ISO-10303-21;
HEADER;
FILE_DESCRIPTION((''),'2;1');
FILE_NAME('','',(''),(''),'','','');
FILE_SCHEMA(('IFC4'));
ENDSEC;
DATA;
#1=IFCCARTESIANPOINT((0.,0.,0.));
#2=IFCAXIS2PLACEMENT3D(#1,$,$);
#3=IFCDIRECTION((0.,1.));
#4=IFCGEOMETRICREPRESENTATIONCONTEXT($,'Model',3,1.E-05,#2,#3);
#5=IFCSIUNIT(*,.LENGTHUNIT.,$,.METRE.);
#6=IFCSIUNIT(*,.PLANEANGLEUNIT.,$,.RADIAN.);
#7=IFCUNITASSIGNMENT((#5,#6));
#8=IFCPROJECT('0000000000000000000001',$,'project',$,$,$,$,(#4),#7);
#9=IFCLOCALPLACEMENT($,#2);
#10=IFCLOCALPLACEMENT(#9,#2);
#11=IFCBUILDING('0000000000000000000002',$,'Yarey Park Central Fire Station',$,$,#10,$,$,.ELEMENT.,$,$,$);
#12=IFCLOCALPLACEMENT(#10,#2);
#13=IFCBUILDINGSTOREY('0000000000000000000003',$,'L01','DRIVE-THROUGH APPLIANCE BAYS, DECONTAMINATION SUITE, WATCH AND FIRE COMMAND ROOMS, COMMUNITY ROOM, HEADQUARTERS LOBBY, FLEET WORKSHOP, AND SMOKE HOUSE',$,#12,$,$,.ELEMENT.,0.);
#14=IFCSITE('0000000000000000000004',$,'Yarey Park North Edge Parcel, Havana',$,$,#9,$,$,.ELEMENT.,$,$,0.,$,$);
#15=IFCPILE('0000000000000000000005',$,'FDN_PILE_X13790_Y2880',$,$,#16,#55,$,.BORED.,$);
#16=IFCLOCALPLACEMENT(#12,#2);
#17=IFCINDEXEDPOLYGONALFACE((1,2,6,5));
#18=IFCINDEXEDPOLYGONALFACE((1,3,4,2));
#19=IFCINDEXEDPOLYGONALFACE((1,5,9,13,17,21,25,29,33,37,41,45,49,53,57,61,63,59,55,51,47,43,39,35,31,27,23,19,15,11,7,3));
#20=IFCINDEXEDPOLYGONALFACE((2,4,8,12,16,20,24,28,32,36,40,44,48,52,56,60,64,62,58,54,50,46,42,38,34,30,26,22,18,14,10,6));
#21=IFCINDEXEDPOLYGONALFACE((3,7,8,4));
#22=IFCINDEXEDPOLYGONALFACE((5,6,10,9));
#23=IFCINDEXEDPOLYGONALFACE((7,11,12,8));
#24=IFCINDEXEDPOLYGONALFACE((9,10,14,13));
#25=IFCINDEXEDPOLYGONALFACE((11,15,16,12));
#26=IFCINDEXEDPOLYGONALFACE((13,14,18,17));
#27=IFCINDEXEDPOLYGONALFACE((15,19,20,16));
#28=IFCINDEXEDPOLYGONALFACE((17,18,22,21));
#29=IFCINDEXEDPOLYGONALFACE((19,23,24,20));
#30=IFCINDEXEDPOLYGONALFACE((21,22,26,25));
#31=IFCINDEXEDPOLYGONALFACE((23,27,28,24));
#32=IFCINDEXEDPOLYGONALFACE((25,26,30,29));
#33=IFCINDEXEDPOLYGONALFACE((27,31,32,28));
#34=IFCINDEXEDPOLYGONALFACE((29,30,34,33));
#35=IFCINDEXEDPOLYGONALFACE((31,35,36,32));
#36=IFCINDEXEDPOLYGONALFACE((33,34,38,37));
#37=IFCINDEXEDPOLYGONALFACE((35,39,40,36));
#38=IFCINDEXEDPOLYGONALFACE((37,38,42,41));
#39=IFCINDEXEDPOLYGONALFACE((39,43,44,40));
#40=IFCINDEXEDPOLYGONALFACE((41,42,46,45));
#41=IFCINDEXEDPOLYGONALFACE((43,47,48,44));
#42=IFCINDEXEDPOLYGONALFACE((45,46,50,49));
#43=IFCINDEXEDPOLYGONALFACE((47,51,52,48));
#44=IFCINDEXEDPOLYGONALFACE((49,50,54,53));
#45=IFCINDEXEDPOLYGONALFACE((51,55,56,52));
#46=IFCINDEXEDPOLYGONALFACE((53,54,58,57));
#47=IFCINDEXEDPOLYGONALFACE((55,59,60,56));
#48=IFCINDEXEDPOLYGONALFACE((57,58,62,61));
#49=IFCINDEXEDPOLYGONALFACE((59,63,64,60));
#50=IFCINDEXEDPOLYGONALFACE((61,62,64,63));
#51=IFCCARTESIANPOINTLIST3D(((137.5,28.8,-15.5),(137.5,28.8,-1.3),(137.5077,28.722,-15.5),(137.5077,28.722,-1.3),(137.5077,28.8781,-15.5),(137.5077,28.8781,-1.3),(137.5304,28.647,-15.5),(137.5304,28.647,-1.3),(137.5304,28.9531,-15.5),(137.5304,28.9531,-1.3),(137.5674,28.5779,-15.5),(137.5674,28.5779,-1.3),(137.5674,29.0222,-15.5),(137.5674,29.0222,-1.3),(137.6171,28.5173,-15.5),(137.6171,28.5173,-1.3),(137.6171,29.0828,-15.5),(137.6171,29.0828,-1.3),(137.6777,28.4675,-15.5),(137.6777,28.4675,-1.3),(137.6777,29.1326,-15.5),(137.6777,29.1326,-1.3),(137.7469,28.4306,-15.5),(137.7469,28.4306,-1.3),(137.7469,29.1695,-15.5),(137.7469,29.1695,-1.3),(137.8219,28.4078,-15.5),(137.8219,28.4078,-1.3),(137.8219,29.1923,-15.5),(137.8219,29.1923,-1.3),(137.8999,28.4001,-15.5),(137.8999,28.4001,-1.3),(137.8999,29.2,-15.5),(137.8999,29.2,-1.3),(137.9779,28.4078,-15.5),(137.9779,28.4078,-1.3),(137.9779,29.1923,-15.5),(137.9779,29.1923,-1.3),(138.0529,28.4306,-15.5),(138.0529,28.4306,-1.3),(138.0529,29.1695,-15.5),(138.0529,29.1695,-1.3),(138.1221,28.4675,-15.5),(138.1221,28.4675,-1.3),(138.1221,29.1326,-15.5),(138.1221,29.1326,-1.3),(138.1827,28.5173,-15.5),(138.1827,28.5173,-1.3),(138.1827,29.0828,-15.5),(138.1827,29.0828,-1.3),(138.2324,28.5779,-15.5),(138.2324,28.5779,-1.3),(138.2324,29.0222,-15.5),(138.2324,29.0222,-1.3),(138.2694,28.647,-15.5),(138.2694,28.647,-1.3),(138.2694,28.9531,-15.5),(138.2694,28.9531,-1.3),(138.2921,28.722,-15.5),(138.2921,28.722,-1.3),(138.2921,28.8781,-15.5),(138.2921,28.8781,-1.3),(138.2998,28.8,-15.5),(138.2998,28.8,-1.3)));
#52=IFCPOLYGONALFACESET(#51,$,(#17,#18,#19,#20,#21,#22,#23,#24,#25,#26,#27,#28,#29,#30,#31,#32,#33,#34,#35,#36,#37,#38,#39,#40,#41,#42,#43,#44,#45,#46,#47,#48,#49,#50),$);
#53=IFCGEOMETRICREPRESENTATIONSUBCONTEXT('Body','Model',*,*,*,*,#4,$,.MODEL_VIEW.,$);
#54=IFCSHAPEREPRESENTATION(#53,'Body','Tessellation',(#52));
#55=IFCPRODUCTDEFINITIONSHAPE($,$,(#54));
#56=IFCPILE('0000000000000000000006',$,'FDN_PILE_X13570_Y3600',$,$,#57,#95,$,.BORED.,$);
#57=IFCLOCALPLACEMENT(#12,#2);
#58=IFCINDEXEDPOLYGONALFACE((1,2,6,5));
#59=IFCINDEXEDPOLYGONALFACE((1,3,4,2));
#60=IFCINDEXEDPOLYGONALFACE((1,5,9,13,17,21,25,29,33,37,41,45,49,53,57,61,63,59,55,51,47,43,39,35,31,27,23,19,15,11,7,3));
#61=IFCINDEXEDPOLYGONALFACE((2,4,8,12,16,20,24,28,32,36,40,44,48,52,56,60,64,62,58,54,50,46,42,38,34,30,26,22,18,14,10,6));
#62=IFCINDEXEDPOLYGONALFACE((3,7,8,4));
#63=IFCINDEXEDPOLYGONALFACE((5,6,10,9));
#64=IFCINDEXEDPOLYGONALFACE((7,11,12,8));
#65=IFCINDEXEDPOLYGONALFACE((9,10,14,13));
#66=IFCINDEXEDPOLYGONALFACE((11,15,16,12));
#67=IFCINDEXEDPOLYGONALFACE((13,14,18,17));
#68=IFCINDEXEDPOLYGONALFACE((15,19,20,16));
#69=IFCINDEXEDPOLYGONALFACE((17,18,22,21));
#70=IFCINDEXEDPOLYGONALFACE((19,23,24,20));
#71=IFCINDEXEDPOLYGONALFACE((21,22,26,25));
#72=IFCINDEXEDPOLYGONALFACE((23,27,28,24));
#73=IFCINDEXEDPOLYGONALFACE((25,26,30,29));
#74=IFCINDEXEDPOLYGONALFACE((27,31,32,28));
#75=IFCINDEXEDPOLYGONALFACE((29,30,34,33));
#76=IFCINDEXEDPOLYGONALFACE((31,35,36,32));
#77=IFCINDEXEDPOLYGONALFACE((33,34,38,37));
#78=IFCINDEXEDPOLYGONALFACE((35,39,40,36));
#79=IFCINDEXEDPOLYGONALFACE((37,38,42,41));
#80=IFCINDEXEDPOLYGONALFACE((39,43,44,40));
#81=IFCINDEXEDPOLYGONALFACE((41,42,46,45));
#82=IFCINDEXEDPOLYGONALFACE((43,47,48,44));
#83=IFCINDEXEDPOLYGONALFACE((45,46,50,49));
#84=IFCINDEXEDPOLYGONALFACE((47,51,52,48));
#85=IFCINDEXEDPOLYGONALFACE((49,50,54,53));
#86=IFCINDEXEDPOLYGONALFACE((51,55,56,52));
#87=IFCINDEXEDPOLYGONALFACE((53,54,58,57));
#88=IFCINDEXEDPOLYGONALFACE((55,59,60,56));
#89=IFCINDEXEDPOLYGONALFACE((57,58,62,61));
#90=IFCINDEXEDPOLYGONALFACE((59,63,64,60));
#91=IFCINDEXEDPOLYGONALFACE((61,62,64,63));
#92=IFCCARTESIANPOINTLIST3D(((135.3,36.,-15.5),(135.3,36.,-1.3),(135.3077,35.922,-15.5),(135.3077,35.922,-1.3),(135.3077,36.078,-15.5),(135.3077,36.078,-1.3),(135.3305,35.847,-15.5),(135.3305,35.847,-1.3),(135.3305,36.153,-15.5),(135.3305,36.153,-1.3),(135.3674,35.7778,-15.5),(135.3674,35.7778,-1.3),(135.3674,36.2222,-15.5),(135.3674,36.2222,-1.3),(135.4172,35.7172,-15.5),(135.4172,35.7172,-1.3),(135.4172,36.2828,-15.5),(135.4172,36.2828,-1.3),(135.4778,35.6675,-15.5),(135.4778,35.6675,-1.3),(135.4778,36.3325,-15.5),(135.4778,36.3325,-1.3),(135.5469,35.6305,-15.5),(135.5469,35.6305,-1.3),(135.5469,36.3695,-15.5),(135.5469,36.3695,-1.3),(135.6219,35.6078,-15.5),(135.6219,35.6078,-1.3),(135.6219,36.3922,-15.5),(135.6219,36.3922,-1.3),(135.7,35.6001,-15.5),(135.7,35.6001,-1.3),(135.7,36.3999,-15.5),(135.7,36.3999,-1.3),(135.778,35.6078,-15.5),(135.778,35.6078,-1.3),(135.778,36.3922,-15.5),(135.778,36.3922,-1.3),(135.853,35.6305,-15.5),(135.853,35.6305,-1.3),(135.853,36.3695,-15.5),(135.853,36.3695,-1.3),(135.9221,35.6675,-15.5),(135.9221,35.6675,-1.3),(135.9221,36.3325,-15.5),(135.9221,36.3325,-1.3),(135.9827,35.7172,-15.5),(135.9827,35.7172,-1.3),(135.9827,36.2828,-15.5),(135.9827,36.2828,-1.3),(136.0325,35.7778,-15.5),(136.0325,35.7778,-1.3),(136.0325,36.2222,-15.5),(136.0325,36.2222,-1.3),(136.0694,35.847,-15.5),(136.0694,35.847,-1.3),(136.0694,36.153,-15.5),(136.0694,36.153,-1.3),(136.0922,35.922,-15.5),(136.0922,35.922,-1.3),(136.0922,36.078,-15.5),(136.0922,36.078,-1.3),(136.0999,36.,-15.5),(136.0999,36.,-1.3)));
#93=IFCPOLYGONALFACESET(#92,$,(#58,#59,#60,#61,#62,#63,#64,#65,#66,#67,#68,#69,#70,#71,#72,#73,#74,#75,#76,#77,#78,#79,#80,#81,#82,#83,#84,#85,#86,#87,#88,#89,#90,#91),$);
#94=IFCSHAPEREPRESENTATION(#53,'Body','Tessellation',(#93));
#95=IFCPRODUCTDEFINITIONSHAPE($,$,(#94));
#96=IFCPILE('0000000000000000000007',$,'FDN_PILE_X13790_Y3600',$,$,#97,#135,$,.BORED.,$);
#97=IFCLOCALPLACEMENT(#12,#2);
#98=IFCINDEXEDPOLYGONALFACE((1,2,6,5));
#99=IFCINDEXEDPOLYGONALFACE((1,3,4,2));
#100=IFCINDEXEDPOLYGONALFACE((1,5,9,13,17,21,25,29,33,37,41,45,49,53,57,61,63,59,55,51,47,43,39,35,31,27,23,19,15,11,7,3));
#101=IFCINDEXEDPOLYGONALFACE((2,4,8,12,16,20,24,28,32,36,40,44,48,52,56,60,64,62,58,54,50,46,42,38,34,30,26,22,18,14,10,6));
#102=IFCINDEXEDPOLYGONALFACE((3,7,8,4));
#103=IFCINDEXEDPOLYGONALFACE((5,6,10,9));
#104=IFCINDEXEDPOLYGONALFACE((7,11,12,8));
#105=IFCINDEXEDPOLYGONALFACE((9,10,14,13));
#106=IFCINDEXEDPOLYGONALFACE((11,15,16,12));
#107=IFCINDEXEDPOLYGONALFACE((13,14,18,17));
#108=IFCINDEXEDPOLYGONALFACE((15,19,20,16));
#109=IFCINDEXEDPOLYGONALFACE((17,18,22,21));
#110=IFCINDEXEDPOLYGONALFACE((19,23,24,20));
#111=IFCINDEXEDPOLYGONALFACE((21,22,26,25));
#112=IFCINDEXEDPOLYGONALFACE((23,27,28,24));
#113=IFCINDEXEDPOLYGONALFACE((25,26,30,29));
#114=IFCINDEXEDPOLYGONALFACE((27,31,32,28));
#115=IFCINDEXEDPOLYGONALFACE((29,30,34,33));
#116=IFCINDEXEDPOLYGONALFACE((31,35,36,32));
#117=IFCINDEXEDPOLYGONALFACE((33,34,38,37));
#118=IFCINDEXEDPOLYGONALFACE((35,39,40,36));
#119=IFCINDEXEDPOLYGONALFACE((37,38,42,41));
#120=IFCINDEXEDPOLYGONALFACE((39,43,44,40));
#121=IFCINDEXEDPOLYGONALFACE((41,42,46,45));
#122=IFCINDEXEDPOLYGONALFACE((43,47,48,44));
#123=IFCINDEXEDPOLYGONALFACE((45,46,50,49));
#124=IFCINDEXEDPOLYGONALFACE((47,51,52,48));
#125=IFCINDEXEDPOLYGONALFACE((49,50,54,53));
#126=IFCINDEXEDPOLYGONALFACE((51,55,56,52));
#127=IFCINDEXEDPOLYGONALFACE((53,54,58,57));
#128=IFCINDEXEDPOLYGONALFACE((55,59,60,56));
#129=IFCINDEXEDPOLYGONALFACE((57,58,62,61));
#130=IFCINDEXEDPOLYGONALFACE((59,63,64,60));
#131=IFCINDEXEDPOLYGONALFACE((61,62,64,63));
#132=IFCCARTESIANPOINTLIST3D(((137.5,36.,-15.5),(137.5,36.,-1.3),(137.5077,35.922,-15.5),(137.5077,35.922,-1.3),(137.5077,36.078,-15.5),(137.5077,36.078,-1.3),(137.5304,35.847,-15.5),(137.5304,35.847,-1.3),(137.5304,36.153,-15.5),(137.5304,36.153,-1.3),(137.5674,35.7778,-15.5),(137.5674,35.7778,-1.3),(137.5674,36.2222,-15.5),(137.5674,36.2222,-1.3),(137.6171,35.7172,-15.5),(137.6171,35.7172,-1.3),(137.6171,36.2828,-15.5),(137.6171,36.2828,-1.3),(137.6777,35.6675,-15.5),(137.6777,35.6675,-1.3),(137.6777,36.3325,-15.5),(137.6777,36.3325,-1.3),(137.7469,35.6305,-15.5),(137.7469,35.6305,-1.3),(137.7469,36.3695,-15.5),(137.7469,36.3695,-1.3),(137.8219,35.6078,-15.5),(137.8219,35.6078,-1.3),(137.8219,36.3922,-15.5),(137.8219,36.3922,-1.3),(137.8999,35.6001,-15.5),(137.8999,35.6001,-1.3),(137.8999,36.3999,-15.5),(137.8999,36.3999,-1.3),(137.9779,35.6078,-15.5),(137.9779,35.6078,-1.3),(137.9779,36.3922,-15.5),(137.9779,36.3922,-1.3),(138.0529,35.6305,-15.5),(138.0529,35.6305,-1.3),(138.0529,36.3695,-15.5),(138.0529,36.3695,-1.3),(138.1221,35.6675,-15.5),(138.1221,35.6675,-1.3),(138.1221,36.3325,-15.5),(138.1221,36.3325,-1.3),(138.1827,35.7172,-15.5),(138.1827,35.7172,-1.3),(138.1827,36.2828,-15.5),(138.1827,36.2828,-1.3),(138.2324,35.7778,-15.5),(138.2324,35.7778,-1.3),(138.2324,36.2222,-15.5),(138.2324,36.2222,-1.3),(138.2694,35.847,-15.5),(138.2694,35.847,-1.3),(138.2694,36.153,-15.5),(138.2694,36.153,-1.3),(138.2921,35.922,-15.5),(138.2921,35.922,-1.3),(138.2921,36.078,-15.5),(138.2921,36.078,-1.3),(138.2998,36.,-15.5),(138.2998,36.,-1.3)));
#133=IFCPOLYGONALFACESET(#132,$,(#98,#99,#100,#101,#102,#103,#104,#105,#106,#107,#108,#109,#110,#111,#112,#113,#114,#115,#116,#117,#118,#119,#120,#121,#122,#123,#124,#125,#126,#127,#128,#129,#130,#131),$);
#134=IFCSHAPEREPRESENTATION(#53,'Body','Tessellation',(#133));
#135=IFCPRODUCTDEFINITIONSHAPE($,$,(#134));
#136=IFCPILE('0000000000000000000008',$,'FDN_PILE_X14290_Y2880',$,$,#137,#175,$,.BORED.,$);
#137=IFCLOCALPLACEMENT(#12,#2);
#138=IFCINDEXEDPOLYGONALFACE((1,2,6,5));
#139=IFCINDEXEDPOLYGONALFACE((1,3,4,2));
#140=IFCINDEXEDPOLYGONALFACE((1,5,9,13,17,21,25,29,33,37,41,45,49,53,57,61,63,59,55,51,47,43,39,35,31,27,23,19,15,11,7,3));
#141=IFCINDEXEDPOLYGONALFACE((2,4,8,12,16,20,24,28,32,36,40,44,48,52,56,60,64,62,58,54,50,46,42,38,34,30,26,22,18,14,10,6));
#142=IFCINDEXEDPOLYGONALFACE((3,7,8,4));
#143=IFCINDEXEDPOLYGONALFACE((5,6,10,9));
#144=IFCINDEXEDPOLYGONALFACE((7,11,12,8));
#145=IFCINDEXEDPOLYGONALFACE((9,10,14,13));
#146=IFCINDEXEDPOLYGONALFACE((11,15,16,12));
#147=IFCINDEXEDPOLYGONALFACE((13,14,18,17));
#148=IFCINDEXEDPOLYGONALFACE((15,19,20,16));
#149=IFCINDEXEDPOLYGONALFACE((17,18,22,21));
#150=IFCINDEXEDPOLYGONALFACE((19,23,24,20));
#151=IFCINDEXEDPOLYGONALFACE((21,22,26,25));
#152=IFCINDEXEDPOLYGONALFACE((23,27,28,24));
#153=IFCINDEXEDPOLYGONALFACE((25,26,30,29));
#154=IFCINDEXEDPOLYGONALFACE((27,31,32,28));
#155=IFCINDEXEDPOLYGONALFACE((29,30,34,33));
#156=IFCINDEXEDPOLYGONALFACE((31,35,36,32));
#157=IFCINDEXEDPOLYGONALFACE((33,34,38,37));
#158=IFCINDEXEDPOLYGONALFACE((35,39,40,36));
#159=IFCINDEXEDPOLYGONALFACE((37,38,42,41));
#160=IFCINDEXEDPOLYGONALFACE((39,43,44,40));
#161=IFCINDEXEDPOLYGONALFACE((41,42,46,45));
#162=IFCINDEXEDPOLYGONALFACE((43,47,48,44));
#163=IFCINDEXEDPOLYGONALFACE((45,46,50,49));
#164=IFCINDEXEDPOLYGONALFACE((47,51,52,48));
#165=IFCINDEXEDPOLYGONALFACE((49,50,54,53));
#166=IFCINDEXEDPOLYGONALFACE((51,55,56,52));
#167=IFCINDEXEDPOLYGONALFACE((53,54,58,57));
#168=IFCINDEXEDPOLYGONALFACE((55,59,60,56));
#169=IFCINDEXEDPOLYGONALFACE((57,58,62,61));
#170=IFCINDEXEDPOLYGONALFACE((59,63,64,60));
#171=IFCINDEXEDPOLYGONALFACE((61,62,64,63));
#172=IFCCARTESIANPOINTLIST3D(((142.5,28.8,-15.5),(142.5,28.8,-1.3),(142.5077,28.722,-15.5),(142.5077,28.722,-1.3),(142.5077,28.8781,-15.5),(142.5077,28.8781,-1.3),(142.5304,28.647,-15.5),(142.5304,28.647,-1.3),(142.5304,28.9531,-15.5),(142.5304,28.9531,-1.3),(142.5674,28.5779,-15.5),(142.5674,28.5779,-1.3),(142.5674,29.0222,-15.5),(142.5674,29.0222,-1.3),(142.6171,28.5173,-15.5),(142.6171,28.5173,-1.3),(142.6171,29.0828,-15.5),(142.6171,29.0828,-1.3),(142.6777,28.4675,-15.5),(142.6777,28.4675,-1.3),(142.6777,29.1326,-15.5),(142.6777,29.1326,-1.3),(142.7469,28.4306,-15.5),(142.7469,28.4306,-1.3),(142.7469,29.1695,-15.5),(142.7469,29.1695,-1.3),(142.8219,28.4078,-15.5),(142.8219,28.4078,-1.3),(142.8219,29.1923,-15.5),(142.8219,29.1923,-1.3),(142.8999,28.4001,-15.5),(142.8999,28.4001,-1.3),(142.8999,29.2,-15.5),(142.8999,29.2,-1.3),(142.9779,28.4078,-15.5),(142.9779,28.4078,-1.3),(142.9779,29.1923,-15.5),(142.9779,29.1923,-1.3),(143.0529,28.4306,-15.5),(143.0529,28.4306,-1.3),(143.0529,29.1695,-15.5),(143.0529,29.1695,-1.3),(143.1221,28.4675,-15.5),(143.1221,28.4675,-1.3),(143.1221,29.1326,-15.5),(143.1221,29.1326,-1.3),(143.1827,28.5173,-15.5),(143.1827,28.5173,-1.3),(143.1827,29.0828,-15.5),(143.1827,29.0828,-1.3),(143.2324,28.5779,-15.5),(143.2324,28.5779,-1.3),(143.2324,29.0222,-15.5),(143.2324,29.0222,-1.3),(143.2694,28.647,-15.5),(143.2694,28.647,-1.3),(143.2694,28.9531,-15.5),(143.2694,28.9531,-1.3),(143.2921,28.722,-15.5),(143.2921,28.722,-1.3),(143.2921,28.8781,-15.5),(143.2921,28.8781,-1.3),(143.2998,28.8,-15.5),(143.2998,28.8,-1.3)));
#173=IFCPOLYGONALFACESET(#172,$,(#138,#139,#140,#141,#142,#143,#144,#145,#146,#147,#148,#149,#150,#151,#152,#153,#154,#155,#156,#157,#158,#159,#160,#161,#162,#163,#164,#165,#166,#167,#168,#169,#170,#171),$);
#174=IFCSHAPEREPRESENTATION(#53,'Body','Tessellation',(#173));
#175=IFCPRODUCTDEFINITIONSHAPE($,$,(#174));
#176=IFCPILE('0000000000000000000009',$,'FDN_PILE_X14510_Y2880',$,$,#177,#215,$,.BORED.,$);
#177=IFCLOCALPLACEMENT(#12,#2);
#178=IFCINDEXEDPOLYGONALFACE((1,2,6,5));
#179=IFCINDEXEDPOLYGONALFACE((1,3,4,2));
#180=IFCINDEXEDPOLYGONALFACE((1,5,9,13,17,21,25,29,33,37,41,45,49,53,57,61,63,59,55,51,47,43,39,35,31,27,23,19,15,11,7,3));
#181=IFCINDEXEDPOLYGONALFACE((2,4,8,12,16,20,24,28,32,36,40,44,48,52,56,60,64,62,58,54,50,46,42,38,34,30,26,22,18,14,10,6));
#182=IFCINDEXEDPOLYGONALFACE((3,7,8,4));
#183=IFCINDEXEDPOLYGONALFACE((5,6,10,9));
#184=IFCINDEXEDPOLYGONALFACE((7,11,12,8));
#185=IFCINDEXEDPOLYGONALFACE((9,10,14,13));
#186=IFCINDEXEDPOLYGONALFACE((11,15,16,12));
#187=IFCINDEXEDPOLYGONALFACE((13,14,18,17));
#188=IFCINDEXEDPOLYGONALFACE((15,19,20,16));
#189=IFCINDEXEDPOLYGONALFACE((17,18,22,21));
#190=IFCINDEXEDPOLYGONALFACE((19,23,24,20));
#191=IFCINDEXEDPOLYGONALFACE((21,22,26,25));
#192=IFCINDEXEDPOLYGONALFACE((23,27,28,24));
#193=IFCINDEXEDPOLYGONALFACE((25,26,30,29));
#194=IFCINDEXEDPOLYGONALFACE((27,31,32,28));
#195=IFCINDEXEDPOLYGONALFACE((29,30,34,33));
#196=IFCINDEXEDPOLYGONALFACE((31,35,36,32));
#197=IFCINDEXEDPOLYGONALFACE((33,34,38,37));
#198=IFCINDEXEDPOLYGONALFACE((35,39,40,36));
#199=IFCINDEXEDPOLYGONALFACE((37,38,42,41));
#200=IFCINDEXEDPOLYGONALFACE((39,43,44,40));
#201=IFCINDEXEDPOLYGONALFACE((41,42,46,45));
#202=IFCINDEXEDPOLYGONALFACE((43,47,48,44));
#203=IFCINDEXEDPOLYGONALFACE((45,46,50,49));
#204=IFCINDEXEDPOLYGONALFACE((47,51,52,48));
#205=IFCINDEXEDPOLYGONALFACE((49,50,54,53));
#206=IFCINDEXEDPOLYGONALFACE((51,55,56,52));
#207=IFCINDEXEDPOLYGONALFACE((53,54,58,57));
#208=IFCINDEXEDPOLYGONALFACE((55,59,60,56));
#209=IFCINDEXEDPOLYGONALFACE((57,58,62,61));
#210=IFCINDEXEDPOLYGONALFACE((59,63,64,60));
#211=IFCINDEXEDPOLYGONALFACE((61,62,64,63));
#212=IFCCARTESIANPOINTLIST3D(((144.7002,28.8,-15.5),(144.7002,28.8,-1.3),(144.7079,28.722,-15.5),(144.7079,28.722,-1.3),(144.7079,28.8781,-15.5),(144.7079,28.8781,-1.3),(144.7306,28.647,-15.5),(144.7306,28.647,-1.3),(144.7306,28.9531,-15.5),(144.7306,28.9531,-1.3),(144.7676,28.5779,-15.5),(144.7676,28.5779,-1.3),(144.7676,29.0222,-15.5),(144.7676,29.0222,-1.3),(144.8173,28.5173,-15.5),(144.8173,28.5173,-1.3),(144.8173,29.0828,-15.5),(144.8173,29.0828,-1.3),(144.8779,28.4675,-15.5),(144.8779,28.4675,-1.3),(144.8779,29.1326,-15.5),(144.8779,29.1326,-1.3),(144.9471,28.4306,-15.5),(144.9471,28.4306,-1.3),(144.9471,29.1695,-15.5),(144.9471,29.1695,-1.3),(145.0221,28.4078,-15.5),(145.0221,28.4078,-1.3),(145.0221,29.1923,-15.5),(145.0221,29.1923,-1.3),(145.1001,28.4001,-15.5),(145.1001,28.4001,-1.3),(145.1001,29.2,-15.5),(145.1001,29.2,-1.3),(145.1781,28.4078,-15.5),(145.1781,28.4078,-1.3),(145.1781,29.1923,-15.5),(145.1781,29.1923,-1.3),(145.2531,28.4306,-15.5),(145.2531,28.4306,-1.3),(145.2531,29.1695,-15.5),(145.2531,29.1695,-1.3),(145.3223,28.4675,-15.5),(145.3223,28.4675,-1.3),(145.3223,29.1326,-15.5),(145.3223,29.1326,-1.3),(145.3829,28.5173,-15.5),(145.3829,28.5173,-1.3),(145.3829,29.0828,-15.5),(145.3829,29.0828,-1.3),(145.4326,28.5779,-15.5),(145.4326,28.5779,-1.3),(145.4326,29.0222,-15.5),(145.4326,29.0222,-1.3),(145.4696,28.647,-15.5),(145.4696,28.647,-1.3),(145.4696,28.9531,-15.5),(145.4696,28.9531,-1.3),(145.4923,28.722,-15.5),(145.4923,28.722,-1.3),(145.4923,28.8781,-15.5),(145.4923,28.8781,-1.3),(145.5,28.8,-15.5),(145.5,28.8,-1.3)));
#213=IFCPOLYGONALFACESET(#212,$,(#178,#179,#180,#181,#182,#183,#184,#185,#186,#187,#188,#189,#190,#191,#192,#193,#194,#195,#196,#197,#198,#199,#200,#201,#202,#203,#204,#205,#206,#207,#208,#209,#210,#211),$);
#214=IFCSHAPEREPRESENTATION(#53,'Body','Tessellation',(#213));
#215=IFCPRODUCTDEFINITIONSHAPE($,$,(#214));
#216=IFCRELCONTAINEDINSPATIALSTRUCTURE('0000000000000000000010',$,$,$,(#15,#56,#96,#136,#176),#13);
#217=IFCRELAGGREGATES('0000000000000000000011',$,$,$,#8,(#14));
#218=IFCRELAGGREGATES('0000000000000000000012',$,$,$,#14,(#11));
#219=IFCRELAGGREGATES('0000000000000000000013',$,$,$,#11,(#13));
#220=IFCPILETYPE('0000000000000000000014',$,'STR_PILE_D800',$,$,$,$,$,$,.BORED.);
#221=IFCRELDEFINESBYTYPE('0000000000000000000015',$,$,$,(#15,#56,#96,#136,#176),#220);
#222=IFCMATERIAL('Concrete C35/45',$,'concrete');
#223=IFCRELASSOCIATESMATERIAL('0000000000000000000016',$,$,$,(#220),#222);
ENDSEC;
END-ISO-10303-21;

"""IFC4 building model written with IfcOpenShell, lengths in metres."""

from ifc_helpers import new_model, si_unit, direction, frame, origin, origin_2d, place, context, subcontext, project, spatial, circle, extrude, material, material_profile, profile_set, type_object, element, save


model = new_model("IFC4")

# Units and contexts
model_context = context("Model", 3, precision=1e-05, world=origin(), true_north=direction((0.0, 1.0)))
body_context = subcontext(model_context, "Body", "Model", "MODEL_VIEW")
ifc_project = project(units=[si_unit("LENGTHUNIT", "METRE"), si_unit("PLANEANGLEUNIT", "RADIAN")], contexts=[model_context])

# Site, building, storey
site_placement = place(None, origin())
site = spatial("IfcSite", under=ifc_project, at=site_placement, Name="Yarey Park North Edge Parcel, Havana", CompositionType="ELEMENT", RefElevation=0.0)
building_placement = place(site_placement, origin())
building = spatial("IfcBuilding", under=site, at=building_placement, Name="Yarey Park Central Fire Station", CompositionType="ELEMENT")
storey_placement = place(building_placement, origin())
storey = spatial("IfcBuildingStorey", under=building, at=storey_placement, Name="L01", Description="DRIVE-THROUGH APPLIANCE BAYS, DECONTAMINATION SUITE, WATCH AND FIRE COMMAND ROOMS, COMMUNITY ROOM, HEADQUARTERS LOBBY, FLEET WORKSHOP, AND SMOKE HOUSE", CompositionType="ELEMENT", Elevation=0.0)

# Shared definitions
ifc_material_1 = material(Name="Concrete C35/45", Category="concrete")

# Piles
ifc_material_profile_1 = material_profile(ifc_material_1, circle(Radius=0.3999, at=origin_2d()), Name="BORED PILE D800")
ifc_profile_set_1 = profile_set([ifc_material_profile_1], Name="Concrete C35/45")
pile_type = type_object("IfcPileType", Name="STR_PILE_D800", PredefinedType="BORED", material=ifc_profile_set_1)
for number, where, z_axis, x_axis, name in (
    (1, (137.8999, 28.8, -1.3), (0.0, 0.0, -1.0), (1.0, 0.0, 0.0), "FDN_PILE_X13790_Y2880"),
    (2, (135.7, 36.0, -1.3), (0.0, 0.0, -1.0), (1.0, 0.0, 0.0), "FDN_PILE_X13570_Y3600"),
    (3, (137.8999, 36.0, -1.3), (0.0, 0.0, -1.0), (1.0, 0.0, 0.0), "FDN_PILE_X13790_Y3600"),
    (4, (142.8999, 28.8, -1.3), (0.0, 0.0, -1.0), (1.0, 0.0, 0.0), "FDN_PILE_X14290_Y2880"),
    (5, (145.1001, 28.8, -1.3), (0.0, 0.0, -1.0), (1.0, 0.0, 0.0), "FDN_PILE_X14510_Y2880"),
):
    element("IfcPile", number, at=place(storey_placement, frame(where, z_axis=z_axis, x_axis=x_axis)), inside=storey, type_object=pile_type, Name=name, PredefinedType="BORED", context=body_context, shape_type="SweptSolid", body=[
        extrude(circle(Radius=0.3999, at=origin_2d()), origin(), (0.0, 0.0, 1.0), 14.2),
    ])

save(model, "model.ifc")
